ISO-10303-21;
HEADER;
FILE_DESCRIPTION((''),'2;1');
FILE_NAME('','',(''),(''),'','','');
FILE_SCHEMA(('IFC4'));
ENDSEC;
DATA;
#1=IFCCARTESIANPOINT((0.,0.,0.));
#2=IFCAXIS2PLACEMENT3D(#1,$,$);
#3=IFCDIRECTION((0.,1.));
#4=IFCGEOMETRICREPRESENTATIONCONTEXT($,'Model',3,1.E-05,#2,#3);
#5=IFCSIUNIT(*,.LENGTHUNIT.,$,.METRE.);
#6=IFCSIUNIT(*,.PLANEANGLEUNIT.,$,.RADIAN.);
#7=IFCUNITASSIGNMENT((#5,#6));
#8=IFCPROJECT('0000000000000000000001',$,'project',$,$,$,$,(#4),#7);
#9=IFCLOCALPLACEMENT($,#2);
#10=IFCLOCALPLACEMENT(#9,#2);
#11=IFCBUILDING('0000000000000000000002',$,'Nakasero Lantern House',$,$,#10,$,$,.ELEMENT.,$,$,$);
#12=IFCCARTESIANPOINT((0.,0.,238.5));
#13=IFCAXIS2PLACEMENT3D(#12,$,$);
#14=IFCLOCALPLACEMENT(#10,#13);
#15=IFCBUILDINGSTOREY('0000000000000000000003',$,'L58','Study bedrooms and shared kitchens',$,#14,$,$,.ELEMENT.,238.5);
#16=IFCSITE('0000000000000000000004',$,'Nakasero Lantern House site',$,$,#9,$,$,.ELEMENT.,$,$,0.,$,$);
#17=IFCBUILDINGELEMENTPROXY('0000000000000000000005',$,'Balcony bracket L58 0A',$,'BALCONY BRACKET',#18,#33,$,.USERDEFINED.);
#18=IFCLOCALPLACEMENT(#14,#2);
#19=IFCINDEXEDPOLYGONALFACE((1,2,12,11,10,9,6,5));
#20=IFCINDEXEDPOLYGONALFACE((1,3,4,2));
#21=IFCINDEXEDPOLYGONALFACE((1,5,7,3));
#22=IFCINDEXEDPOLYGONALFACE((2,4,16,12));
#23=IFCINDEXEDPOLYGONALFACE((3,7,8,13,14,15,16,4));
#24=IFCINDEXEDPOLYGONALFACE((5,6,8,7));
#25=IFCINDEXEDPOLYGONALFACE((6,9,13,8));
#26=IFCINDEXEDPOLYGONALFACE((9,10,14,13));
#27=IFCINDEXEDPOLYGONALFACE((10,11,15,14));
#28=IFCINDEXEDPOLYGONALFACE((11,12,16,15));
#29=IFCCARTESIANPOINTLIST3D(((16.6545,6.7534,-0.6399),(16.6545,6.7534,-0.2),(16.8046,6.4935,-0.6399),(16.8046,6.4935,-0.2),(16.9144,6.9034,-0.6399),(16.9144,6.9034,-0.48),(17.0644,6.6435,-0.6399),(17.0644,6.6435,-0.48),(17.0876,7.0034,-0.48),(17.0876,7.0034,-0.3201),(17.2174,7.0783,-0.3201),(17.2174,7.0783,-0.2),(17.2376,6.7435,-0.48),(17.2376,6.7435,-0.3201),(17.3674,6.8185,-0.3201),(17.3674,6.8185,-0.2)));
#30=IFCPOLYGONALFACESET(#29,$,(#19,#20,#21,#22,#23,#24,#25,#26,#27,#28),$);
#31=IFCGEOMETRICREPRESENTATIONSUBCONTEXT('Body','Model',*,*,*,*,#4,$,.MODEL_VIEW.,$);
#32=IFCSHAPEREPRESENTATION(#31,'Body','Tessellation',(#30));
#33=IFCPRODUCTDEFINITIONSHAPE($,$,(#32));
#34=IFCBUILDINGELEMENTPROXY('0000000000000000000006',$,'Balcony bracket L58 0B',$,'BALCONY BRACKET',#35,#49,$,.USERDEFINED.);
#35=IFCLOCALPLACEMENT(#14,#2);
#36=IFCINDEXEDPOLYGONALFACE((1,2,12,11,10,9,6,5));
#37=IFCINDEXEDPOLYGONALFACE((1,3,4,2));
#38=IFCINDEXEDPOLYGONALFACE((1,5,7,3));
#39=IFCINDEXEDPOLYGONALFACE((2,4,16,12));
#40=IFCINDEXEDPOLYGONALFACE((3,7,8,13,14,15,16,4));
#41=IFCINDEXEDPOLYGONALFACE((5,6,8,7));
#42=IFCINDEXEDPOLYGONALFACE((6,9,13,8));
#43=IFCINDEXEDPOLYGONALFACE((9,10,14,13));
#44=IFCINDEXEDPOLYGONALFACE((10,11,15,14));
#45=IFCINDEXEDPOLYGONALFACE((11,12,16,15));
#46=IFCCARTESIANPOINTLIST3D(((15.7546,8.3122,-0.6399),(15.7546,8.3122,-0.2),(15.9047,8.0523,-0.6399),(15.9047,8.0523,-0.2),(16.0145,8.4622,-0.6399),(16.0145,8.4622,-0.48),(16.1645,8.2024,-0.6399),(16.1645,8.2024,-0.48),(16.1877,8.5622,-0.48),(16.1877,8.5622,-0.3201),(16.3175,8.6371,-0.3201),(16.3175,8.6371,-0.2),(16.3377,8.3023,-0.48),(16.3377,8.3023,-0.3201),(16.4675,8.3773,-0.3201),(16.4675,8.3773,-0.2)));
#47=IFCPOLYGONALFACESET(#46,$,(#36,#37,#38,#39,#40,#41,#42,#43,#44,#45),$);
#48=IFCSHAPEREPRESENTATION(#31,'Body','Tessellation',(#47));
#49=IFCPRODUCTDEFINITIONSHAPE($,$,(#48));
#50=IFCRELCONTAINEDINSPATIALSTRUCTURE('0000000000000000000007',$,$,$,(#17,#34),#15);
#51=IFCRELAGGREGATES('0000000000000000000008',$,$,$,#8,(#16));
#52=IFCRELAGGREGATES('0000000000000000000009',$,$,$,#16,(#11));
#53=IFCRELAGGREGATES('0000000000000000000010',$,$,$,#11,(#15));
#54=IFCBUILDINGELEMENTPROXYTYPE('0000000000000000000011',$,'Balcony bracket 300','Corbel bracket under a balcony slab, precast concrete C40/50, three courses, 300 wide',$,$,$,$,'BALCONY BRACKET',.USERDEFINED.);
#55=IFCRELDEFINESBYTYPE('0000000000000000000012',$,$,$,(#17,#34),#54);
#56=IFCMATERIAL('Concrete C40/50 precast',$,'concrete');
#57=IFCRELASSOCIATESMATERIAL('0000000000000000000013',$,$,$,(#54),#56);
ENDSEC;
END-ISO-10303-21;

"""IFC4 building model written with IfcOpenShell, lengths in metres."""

from ifc_helpers import new_model, si_unit, direction, frame, origin, place, context, subcontext, project, spatial, polyline, outline, extrude, material, type_object, element, save


model = new_model("IFC4")

# Units and contexts
model_context = context("Model", 3, precision=1e-05, world=origin(), true_north=direction((0.0, 1.0)))
body_context = subcontext(model_context, "Body", "Model", "MODEL_VIEW")
ifc_project = project(units=[si_unit("LENGTHUNIT", "METRE"), si_unit("PLANEANGLEUNIT", "RADIAN")], contexts=[model_context])

# Site, building, storey
site_placement = place(None, origin())
site = spatial("IfcSite", under=ifc_project, at=site_placement, Name="Nakasero Lantern House site", CompositionType="ELEMENT", RefElevation=0.0)
building_placement = place(site_placement, origin())
building = spatial("IfcBuilding", under=site, at=building_placement, Name="Nakasero Lantern House", CompositionType="ELEMENT")
storey_placement = place(building_placement, frame((0.0, 0.0, 238.5)))
storey = spatial("IfcBuildingStorey", under=building, at=storey_placement, Name="L58", Description="Study bedrooms and shared kitchens", CompositionType="ELEMENT", Elevation=238.5)

# Building element proxies
ifc_material_1 = material(Name="Concrete C40/50 precast", Category="concrete")
building_element_proxy_type = type_object("IfcBuildingElementProxyType", Name="Balcony bracket 300", Description="Corbel bracket under a balcony slab, precast concrete C40/50, three courses, 300 wide", ElementType="BALCONY BRACKET", PredefinedType="USERDEFINED", material=ifc_material_1)
for number, where, z_axis, x_axis, name in (
    (1, (16.7295, 6.6235, -0.2), (0.0, 0.0, 1.0), (0.866025, 0.5, 0.0), "Balcony bracket L58 0A"),
    (2, (15.8296, 8.1824, -0.2), (0.0, 0.0, 1.0), (0.866025, 0.5, 0.0), "Balcony bracket L58 0B"),
):
    element("IfcBuildingElementProxy", number, at=place(storey_placement, frame(where, z_axis=z_axis, x_axis=x_axis)), inside=storey, type_object=building_element_proxy_type, Name=name, ObjectType="BALCONY BRACKET", PredefinedType="USERDEFINED", context=body_context, shape_type="SweptSolid", body=[
        extrude(outline(polyline([(0.0, 0.0), (0.6499, 0.0), (0.6499, -0.1201), (0.5, -0.1201), (0.5, -0.28), (0.3, -0.28), (0.3, -0.4399), (0.0, -0.4399), (0.0, 0.0)])), frame((0.0, 0.1499, 0.0), z_axis=(0.0, -1.0, 0.0), x_axis=(1.0, 0.0, 0.0)), (0.0, 0.0, 1.0), 0.3),
    ])

save(model, "model.ifc")
